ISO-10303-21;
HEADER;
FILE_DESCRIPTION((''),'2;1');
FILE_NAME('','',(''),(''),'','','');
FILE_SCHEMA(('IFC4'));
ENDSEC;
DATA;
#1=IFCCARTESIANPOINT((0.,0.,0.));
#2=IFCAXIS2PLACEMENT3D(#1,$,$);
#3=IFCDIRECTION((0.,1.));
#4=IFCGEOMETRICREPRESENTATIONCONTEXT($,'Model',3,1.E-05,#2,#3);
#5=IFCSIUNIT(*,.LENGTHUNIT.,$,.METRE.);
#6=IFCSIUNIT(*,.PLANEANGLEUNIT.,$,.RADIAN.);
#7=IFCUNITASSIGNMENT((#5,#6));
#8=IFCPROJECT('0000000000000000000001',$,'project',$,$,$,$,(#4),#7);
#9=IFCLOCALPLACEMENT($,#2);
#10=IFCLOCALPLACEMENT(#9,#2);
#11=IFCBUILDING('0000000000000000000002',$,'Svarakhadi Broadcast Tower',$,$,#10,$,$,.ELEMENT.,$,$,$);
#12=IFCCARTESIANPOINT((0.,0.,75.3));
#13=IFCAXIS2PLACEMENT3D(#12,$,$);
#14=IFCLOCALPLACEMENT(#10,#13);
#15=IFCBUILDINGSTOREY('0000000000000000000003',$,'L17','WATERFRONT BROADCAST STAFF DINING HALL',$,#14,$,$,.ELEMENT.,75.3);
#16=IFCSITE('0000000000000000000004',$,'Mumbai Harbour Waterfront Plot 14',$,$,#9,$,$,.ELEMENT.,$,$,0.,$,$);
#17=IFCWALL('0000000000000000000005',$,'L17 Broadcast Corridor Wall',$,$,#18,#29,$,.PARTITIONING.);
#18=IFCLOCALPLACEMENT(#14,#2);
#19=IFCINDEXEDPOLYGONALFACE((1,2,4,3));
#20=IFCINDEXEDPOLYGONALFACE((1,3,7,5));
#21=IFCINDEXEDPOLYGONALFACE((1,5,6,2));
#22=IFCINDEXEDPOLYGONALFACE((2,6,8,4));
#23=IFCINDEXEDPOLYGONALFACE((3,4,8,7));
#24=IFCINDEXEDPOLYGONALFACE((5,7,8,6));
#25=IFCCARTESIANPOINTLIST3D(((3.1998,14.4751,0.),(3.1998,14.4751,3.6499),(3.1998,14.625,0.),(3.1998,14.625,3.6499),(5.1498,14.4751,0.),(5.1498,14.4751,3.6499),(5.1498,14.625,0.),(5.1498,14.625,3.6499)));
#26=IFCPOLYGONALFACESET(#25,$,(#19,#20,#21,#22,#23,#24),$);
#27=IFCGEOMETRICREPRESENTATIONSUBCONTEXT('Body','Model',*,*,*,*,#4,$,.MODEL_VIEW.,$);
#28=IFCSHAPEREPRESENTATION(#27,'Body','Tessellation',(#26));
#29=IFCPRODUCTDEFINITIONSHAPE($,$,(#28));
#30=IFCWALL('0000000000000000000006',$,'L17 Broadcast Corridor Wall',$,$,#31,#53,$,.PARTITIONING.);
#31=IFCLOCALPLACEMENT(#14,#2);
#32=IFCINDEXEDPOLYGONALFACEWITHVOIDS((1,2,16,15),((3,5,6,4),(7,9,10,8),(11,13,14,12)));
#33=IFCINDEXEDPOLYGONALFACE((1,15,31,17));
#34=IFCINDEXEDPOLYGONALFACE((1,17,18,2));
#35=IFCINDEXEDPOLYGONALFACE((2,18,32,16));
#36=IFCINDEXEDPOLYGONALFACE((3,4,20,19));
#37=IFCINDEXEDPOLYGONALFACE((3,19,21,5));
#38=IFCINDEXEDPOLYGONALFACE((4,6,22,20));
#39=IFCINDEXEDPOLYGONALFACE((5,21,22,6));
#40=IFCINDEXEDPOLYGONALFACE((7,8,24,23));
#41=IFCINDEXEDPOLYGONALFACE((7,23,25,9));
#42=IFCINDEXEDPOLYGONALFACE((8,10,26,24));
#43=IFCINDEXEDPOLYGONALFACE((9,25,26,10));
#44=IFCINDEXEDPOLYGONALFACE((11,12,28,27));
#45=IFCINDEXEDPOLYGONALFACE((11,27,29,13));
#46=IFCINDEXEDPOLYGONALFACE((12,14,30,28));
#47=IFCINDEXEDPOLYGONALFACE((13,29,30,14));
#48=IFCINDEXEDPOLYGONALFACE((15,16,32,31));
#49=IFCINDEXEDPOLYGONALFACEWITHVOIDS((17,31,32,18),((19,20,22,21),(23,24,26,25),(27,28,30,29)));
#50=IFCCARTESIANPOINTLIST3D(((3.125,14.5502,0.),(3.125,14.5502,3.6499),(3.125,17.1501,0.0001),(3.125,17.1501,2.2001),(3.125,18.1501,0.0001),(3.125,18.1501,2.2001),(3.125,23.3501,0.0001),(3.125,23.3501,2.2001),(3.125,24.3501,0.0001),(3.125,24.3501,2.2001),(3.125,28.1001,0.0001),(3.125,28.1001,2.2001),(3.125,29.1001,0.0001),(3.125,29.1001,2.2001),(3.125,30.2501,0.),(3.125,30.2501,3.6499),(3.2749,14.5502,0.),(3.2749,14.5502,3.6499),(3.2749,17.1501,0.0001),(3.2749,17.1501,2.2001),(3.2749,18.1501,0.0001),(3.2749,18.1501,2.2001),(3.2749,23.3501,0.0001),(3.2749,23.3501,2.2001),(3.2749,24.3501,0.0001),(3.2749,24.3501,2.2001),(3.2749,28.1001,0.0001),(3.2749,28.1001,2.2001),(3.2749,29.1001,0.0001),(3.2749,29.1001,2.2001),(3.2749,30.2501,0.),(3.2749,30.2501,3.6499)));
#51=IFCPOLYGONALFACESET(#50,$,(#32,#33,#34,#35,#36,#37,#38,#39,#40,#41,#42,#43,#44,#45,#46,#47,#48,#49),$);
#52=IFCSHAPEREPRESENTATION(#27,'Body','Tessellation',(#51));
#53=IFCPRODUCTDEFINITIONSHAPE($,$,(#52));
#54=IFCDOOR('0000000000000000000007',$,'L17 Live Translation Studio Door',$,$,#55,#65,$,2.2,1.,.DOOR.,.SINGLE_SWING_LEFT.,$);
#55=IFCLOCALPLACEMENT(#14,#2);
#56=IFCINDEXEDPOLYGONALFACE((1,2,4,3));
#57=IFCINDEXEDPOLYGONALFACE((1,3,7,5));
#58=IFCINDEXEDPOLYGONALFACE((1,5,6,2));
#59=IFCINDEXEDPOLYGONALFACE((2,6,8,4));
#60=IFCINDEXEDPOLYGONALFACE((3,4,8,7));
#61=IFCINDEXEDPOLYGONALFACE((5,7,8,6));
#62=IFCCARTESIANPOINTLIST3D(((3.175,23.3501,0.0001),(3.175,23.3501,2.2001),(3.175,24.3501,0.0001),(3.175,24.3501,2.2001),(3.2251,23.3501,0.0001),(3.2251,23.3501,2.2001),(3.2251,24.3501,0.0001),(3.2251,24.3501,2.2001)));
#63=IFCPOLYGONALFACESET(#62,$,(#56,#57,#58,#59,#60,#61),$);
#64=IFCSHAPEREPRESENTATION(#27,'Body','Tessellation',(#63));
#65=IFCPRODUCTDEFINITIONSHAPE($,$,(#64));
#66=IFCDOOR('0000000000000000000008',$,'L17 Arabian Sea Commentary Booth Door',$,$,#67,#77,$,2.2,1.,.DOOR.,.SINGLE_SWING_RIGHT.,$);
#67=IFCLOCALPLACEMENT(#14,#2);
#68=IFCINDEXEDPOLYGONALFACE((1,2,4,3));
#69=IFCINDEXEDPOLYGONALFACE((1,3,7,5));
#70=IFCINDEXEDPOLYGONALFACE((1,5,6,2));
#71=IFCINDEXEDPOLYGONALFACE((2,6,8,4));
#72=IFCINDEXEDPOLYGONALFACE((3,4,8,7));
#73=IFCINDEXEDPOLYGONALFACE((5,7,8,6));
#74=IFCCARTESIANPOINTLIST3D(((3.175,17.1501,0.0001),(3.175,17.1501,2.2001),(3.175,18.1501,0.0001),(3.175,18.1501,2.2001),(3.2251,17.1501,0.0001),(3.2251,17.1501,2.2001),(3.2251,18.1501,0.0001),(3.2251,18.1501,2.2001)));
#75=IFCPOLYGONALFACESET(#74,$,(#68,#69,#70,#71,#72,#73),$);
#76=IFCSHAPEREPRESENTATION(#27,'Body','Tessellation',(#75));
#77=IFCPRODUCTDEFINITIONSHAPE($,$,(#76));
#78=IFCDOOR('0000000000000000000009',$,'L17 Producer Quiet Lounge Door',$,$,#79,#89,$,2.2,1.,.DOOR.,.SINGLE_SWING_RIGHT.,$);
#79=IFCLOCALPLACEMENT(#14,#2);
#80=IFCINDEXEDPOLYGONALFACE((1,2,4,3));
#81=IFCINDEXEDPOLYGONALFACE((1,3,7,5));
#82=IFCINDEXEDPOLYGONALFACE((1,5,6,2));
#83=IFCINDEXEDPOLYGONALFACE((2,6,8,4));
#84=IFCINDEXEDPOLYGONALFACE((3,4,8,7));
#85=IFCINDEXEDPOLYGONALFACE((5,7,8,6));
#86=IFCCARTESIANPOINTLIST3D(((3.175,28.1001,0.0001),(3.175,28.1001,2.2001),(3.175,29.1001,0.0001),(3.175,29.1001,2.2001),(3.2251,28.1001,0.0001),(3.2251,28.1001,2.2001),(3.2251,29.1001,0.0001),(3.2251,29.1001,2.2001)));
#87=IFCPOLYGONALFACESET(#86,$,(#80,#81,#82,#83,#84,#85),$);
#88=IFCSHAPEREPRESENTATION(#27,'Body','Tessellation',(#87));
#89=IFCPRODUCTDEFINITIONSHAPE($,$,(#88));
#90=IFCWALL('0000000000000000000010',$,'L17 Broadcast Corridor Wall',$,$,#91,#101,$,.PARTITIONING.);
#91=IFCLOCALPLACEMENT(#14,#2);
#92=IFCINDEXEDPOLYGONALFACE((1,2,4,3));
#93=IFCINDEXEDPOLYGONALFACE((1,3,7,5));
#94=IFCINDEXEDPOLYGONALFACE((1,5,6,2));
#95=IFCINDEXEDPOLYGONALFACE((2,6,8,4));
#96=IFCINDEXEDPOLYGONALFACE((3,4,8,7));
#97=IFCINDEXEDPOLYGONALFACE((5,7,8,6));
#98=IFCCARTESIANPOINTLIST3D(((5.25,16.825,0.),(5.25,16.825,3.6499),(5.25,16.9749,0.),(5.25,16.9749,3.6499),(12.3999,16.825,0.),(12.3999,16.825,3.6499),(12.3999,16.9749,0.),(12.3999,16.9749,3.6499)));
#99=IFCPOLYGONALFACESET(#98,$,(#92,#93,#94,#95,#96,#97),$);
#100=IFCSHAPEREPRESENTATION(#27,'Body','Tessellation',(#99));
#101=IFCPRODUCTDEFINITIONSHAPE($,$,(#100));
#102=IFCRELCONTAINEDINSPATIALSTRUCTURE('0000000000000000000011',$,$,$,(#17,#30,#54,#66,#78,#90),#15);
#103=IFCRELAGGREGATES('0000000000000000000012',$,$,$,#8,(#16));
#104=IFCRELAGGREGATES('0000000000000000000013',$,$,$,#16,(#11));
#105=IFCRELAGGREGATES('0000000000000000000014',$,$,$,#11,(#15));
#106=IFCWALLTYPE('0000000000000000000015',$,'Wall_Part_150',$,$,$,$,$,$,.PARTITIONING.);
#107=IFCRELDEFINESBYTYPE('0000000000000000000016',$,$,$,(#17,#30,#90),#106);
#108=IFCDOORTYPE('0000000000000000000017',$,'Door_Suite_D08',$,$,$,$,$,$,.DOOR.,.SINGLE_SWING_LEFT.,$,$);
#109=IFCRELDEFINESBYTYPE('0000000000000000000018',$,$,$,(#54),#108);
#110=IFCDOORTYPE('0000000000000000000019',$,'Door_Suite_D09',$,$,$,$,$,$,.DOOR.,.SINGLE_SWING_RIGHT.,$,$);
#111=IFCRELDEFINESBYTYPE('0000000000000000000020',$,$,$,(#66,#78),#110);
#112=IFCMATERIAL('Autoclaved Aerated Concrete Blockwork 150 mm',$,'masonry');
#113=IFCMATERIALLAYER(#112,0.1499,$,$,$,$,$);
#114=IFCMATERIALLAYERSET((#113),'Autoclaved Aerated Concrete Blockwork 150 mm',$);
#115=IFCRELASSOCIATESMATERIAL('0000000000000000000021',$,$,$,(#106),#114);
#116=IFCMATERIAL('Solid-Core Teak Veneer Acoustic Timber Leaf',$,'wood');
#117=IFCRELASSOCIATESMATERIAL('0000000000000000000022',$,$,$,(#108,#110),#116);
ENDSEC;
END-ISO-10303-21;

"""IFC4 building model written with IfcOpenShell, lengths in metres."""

from ifc_helpers import new_model, si_unit, direction, frame, frame_2d, origin, place, context, subcontext, project, spatial, rectangle, extrude, material, layer, layer_set, type_object, element, fill, save


model = new_model("IFC4")

# Units and contexts
model_context = context("Model", 3, precision=1e-05, world=origin(), true_north=direction((0.0, 1.0)))
body_context = subcontext(model_context, "Body", "Model", "MODEL_VIEW")
ifc_project = project(units=[si_unit("LENGTHUNIT", "METRE"), si_unit("PLANEANGLEUNIT", "RADIAN")], contexts=[model_context])

# Site, building, storey
site_placement = place(None, origin())
site = spatial("IfcSite", under=ifc_project, at=site_placement, Name="Mumbai Harbour Waterfront Plot 14", CompositionType="ELEMENT", RefElevation=0.0)
building_placement = place(site_placement, origin())
building = spatial("IfcBuilding", under=site, at=building_placement, Name="Svarakhadi Broadcast Tower", CompositionType="ELEMENT")
storey_placement = place(building_placement, frame((0.0, 0.0, 75.3)))
storey = spatial("IfcBuildingStorey", under=building, at=storey_placement, Name="L17", Description="WATERFRONT BROADCAST STAFF DINING HALL", CompositionType="ELEMENT", Elevation=75.3)

# Wall
ifc_material_1 = material(Name="Autoclaved Aerated Concrete Blockwork 150 mm", Category="masonry")
ifc_layer_1 = layer(ifc_material_1, 0.1499)
ifc_layer_set_1 = layer_set([ifc_layer_1], Name="Autoclaved Aerated Concrete Blockwork 150 mm")
wall_type_1 = type_object("IfcWallType", Name="Wall_Part_150", PredefinedType="PARTITIONING", material=ifc_layer_set_1)
wall_1_placement = place(storey_placement, frame((5.1499, 14.55, 0.0), z_axis=(0.0, 0.0, 1.0), x_axis=(-1.0, 0.0, 0.0)))
element("IfcWall", 1, at=wall_1_placement, inside=storey, type_object=wall_type_1, Name="L17 Broadcast Corridor Wall", PredefinedType="PARTITIONING", context=body_context, shape_type="SweptSolid", body=[
    extrude(rectangle(XDim=1.95, YDim=0.1499, at=frame_2d((0.9751, 0.0))), origin(), (0.0, 0.0, 1.0), 3.6499),
])

# Wall, openings, doors
wall_2_placement = place(storey_placement, frame((3.2, 14.55, 0.0), z_axis=(0.0, 0.0, 1.0), x_axis=(0.0, 1.0, 0.0)))
wall_2 = element("IfcWall", 2, at=wall_2_placement, inside=storey, type_object=wall_type_1, Name="L17 Broadcast Corridor Wall", PredefinedType="PARTITIONING", context=body_context, shape_type="SweptSolid", body=[
    extrude(rectangle(XDim=15.7, YDim=0.1499, at=frame_2d((7.8501, 0.0))), origin(), (0.0, 0.0, 1.0), 3.6499),
])
opening_1_placement = place(wall_2_placement, frame((2.6001, 0.0, 0.0)))
opening_1 = element("IfcOpeningElement", 3, at=opening_1_placement, cuts=wall_2, PredefinedType="OPENING", context=body_context, shape_type="SweptSolid", body=[
    extrude(rectangle(XDim=1.0, YDim=2.2, at=frame_2d((0.5, 1.1001))), frame((0.0, 0.085, 0.0), z_axis=(0.0, -1.0, 0.0), x_axis=(1.0, 0.0, 0.0)), (0.0, 0.0, 1.0), 0.1699),
])
opening_2_placement = place(wall_2_placement, frame((8.8, 0.0, 0.0)))
opening_2 = element("IfcOpeningElement", 4, at=opening_2_placement, cuts=wall_2, PredefinedType="OPENING", context=body_context, shape_type="SweptSolid", body=[
    extrude(rectangle(XDim=1.0, YDim=2.2, at=frame_2d((0.5, 1.1001))), frame((0.0, 0.085, 0.0), z_axis=(0.0, -1.0, 0.0), x_axis=(1.0, 0.0, 0.0)), (0.0, 0.0, 1.0), 0.1699),
])
opening_3_placement = place(wall_2_placement, frame((13.55, 0.0, 0.0)))
opening_3 = element("IfcOpeningElement", 5, at=opening_3_placement, cuts=wall_2, PredefinedType="OPENING", context=body_context, shape_type="SweptSolid", body=[
    extrude(rectangle(XDim=1.0, YDim=2.2, at=frame_2d((0.5, 1.1001))), frame((0.0, 0.085, 0.0), z_axis=(0.0, -1.0, 0.0), x_axis=(1.0, 0.0, 0.0)), (0.0, 0.0, 1.0), 0.1699),
])
ifc_material_2 = material(Name="Solid-Core Teak Veneer Acoustic Timber Leaf", Category="wood")
door_type_1 = type_object("IfcDoorType", Name="Door_Suite_D08", OperationType="SINGLE_SWING_LEFT", PredefinedType="DOOR", material=ifc_material_2)
door_1_placement = place(opening_2_placement, origin())
door_1 = element("IfcDoor", 6, at=door_1_placement, inside=storey, type_object=door_type_1, Name="L17 Live Translation Studio Door", OperationType="SINGLE_SWING_LEFT", OverallHeight=2.2, OverallWidth=1.0, PredefinedType="DOOR", context=body_context, shape_type="SweptSolid", body=[
    extrude(rectangle(XDim=1.0, YDim=2.2, at=frame_2d((0.5, 1.1001))), frame((0.0, 0.0249, 0.0), z_axis=(0.0, -1.0, 0.0), x_axis=(1.0, 0.0, 0.0)), (0.0, 0.0, 1.0), 0.05),
])
fill(opening_2, door_1)
door_type_2 = type_object("IfcDoorType", Name="Door_Suite_D09", OperationType="SINGLE_SWING_RIGHT", PredefinedType="DOOR", material=ifc_material_2)
door_2_placement = place(opening_1_placement, origin())
door_2 = element("IfcDoor", 7, at=door_2_placement, inside=storey, type_object=door_type_2, Name="L17 Arabian Sea Commentary Booth Door", OperationType="SINGLE_SWING_RIGHT", OverallHeight=2.2, OverallWidth=1.0, PredefinedType="DOOR", context=body_context, shape_type="SweptSolid", body=[
    extrude(rectangle(XDim=1.0, YDim=2.2, at=frame_2d((0.5, 1.1001))), frame((0.0, 0.0249, 0.0), z_axis=(0.0, -1.0, 0.0), x_axis=(1.0, 0.0, 0.0)), (0.0, 0.0, 1.0), 0.05),
])
fill(opening_1, door_2)
door_3_placement = place(opening_3_placement, origin())
door_3 = element("IfcDoor", 8, at=door_3_placement, inside=storey, type_object=door_type_2, Name="L17 Producer Quiet Lounge Door", OperationType="SINGLE_SWING_RIGHT", OverallHeight=2.2, OverallWidth=1.0, PredefinedType="DOOR", context=body_context, shape_type="SweptSolid", body=[
    extrude(rectangle(XDim=1.0, YDim=2.2, at=frame_2d((0.5, 1.1001))), frame((0.0, 0.0249, 0.0), z_axis=(0.0, -1.0, 0.0), x_axis=(1.0, 0.0, 0.0)), (0.0, 0.0, 1.0), 0.05),
])
fill(opening_3, door_3)

# Wall
wall_3_placement = place(storey_placement, frame((5.25, 16.8999, 0.0), z_axis=(0.0, 0.0, 1.0), x_axis=(1.0, 0.0, 0.0)))
element("IfcWall", 9, at=wall_3_placement, inside=storey, type_object=wall_type_1, Name="L17 Broadcast Corridor Wall", PredefinedType="PARTITIONING", context=body_context, shape_type="SweptSolid", body=[
    extrude(rectangle(XDim=7.1499, YDim=0.1499, at=frame_2d((3.575, 0.0))), origin(), (0.0, 0.0, 1.0), 3.6499),
])

save(model, "model.ifc")
